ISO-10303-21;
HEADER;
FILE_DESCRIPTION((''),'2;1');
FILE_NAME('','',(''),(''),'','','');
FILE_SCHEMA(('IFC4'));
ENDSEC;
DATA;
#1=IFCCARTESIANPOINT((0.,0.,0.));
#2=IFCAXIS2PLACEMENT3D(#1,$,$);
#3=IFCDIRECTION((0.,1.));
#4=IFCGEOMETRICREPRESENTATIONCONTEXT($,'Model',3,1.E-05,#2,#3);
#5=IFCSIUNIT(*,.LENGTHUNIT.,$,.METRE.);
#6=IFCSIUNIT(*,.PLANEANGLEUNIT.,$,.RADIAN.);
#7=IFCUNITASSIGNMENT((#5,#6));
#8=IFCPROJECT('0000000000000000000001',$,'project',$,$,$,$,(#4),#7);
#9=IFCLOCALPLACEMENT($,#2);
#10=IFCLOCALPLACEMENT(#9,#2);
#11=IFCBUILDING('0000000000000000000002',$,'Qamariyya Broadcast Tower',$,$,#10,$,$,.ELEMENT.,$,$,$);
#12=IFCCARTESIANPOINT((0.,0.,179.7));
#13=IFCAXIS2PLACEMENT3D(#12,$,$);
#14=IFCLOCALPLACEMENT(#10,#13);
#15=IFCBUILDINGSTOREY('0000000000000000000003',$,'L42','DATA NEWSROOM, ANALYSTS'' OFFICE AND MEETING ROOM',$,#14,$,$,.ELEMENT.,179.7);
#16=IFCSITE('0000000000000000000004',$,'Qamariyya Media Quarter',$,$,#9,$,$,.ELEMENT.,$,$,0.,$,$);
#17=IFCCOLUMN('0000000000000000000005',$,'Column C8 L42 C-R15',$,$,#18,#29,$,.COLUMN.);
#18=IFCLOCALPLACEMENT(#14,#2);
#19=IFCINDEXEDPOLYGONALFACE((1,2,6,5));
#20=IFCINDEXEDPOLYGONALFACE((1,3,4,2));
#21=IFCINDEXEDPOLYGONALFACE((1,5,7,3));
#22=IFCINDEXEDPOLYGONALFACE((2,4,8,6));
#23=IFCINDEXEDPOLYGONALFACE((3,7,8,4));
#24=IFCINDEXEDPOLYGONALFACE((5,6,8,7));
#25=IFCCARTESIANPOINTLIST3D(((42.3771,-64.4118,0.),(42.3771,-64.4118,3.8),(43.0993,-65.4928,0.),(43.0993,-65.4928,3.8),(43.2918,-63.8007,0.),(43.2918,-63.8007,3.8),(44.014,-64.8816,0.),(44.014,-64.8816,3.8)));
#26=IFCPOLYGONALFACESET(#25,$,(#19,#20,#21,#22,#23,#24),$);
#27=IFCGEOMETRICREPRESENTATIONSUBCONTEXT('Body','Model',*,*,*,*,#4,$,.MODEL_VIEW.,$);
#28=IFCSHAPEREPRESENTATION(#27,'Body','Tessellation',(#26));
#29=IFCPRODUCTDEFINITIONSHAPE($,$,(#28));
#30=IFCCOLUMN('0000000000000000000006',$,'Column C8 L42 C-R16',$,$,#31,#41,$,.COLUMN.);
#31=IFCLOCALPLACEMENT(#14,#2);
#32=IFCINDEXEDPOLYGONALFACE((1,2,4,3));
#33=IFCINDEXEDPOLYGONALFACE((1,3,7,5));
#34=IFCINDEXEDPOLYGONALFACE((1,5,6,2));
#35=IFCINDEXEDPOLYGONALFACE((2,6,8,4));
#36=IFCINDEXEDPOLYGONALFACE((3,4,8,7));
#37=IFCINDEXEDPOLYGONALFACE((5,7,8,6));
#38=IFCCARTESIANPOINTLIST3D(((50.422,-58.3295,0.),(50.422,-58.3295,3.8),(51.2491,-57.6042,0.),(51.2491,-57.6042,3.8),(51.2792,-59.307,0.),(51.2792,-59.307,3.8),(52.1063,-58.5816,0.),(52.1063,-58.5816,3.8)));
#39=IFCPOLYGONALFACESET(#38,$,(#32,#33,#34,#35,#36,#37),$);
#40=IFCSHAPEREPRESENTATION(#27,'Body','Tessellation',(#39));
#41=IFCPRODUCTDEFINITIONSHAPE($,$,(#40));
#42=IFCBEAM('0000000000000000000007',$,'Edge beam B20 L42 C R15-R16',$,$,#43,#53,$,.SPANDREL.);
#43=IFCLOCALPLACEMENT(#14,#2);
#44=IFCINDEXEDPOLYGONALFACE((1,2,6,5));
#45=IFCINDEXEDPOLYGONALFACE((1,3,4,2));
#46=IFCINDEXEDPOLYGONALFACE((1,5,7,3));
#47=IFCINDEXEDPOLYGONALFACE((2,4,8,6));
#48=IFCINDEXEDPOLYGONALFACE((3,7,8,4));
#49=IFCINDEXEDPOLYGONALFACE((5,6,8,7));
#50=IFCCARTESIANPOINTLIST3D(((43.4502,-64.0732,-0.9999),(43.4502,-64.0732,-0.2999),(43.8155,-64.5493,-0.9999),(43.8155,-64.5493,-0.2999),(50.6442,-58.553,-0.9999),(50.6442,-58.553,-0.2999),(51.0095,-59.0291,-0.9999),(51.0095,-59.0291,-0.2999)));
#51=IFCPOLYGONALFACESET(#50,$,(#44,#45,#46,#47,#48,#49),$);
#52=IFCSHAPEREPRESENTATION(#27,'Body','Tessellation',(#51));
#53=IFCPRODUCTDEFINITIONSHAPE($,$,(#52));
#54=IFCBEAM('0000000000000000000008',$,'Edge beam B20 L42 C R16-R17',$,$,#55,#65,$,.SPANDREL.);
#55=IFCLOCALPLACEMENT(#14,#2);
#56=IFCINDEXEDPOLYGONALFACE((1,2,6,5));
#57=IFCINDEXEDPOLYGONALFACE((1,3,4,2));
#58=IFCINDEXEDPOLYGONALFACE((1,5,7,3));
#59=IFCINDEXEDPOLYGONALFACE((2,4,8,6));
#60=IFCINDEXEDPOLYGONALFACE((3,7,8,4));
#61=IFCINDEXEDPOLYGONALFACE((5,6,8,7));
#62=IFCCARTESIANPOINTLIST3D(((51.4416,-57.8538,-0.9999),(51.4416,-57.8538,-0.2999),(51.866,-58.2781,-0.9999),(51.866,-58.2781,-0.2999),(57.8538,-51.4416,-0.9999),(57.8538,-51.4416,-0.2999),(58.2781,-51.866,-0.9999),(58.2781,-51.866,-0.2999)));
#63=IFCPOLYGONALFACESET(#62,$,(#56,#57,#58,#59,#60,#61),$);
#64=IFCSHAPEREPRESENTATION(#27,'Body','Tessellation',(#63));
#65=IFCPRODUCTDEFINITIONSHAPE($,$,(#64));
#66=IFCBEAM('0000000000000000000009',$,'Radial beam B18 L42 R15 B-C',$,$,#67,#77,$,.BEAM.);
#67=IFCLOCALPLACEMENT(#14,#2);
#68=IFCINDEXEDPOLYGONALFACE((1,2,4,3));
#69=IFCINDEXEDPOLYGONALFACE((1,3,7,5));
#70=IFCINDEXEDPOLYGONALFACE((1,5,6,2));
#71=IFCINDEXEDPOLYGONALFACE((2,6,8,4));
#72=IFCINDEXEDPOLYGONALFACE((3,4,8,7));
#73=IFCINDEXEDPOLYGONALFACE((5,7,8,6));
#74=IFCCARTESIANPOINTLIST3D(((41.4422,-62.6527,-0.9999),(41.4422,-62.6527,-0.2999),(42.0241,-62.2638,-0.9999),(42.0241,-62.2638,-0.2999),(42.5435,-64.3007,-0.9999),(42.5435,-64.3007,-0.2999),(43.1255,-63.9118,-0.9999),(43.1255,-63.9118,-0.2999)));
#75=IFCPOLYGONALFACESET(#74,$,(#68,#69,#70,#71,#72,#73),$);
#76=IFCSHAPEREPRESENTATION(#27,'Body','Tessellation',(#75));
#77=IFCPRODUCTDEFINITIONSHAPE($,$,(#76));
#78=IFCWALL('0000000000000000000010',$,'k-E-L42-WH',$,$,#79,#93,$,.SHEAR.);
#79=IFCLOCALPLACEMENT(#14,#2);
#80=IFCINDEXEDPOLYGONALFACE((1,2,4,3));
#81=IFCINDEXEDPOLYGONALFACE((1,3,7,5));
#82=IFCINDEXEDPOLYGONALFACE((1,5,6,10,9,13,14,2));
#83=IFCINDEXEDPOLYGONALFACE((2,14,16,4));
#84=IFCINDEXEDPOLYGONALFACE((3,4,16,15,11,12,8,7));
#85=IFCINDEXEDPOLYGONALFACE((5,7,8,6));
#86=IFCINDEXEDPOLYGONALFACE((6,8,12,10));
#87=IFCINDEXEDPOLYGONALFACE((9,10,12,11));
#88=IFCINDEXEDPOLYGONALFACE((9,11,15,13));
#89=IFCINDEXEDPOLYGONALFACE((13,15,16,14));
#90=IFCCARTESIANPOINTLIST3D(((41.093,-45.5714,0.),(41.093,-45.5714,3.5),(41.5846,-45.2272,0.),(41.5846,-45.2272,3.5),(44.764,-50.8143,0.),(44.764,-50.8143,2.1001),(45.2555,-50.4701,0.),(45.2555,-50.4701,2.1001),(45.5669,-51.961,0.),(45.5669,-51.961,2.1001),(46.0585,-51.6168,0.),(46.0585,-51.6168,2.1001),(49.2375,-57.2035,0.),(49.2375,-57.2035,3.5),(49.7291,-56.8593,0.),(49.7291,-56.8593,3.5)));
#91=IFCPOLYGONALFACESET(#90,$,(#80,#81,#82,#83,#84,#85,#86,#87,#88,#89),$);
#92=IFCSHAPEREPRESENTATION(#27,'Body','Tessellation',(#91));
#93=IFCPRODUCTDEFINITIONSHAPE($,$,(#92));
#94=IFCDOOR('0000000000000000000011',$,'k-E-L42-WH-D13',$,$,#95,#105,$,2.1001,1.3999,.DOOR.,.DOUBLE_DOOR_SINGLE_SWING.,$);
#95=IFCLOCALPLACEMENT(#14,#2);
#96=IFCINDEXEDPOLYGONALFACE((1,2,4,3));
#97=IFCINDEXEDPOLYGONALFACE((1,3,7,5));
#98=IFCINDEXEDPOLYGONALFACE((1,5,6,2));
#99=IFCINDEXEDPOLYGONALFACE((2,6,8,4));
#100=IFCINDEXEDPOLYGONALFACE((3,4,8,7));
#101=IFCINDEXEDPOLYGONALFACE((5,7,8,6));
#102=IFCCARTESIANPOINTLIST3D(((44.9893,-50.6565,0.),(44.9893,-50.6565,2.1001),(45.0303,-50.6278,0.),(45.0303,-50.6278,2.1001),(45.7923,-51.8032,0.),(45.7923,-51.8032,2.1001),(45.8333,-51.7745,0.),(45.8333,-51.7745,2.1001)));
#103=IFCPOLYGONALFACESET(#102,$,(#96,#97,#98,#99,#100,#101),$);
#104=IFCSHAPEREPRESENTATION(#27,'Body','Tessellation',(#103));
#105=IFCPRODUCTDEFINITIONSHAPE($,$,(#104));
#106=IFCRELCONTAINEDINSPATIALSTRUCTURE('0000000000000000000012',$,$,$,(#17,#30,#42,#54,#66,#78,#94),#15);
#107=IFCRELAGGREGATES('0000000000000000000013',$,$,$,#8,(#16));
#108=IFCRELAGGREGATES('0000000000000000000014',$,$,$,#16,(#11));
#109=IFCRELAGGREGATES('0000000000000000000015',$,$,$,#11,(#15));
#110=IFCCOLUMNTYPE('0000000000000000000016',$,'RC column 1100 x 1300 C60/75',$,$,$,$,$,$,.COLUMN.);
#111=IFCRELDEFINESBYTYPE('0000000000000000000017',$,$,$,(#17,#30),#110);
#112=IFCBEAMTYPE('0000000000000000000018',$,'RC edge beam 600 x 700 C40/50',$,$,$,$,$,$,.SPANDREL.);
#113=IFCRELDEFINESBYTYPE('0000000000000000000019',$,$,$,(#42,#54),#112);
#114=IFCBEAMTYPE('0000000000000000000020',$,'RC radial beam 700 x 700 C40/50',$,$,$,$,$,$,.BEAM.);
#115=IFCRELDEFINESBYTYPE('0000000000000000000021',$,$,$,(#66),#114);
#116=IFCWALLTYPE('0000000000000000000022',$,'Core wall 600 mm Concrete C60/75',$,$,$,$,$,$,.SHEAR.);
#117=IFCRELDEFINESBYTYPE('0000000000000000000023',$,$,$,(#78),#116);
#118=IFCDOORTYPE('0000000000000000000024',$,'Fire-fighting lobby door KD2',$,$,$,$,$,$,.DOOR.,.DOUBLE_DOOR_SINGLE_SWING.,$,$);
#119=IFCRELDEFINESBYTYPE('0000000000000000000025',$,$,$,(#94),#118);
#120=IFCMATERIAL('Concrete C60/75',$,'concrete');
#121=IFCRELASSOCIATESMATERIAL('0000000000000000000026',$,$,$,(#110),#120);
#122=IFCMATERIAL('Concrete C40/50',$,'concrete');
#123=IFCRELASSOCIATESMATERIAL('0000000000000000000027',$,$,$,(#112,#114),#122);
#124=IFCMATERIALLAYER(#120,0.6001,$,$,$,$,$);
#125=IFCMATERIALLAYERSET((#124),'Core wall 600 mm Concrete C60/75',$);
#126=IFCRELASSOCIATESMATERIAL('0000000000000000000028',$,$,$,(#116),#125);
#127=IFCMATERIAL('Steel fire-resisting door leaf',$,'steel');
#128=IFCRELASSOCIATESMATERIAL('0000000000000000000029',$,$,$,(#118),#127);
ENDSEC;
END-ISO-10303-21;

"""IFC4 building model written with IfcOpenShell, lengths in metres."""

from ifc_helpers import new_model, si_unit, direction, frame, frame_2d, origin, origin_2d, place, context, subcontext, project, spatial, rectangle, extrude, material, layer, layer_set, material_profile, profile_set, type_object, element, fill, save


model = new_model("IFC4")

# Units and contexts
model_context = context("Model", 3, precision=1e-05, world=origin(), true_north=direction((0.0, 1.0)))
body_context = subcontext(model_context, "Body", "Model", "MODEL_VIEW")
ifc_project = project(units=[si_unit("LENGTHUNIT", "METRE"), si_unit("PLANEANGLEUNIT", "RADIAN")], contexts=[model_context])

# Site, building, storey
site_placement = place(None, origin())
site = spatial("IfcSite", under=ifc_project, at=site_placement, Name="Qamariyya Media Quarter", CompositionType="ELEMENT", RefElevation=0.0)
building_placement = place(site_placement, origin())
building = spatial("IfcBuilding", under=site, at=building_placement, Name="Qamariyya Broadcast Tower", CompositionType="ELEMENT")
storey_placement = place(building_placement, frame((0.0, 0.0, 179.7)))
storey = spatial("IfcBuildingStorey", under=building, at=storey_placement, Name="L42", Description="DATA NEWSROOM, ANALYSTS' OFFICE AND MEETING ROOM", CompositionType="ELEMENT", Elevation=179.7)

# Columns
ifc_material_1 = material(Name="Concrete C60/75", Category="concrete")
ifc_material_profile_1 = material_profile(ifc_material_1, rectangle(XDim=1.1001, YDim=1.3, at=origin_2d()))
ifc_profile_set_1 = profile_set([ifc_material_profile_1], Name="Concrete C60/75")
column_type = type_object("IfcColumnType", Name="RC column 1100 x 1300 C60/75", PredefinedType="COLUMN", material=ifc_profile_set_1)
for number, where, z_axis, x_axis, name in (
    (1, (43.1956, -64.6467, 0.0), (0.0, 0.0, 1.0), (0.83147, 0.55557, 0.0), "Column C8 L42 C-R15"),
    (2, (51.2642, -58.4556, 0.0), (0.0, 0.0, 1.0), (0.75184, 0.659346, 0.0), "Column C8 L42 C-R16"),
):
    element("IfcColumn", number, at=place(storey_placement, frame(where, z_axis=z_axis, x_axis=x_axis)), inside=storey, type_object=column_type, Name=name, PredefinedType="COLUMN", context=body_context, shape_type="SweptSolid", body=[
        extrude(rectangle(XDim=1.1001, YDim=1.3, at=origin_2d()), origin(), (0.0, 0.0, 1.0), 3.8),
    ])

# Beams
ifc_material_2 = material(Name="Concrete C40/50", Category="concrete")
ifc_material_profile_2 = material_profile(ifc_material_2, rectangle(XDim=0.6001, YDim=0.7, at=origin_2d()))
ifc_profile_set_2 = profile_set([ifc_material_profile_2], Name="Concrete C40/50")
beam_type_1 = type_object("IfcBeamType", Name="RC edge beam 600 x 700 C40/50", PredefinedType="SPANDREL", material=ifc_profile_set_2)
beam_1_placement = place(storey_placement, frame((43.6328, -64.3113, -0.6499), z_axis=(0.793351, 0.608764, 0.0), x_axis=(-0.608764, 0.793351, 0.0)))
element("IfcBeam", 3, at=beam_1_placement, inside=storey, type_object=beam_type_1, Name="Edge beam B20 L42 C R15-R16", PredefinedType="SPANDREL", context=body_context, shape_type="SweptSolid", body=[
    extrude(rectangle(XDim=0.6001, YDim=0.7, at=origin_2d()), origin(), (0.0, 0.0, 1.0), 9.0679),
])
beam_2_placement = place(storey_placement, frame((51.6538, -58.0659, -0.6499), z_axis=(0.707107, 0.707107, 0.0), x_axis=(-0.707107, 0.707107, 0.0)))
element("IfcBeam", 4, at=beam_2_placement, inside=storey, type_object=beam_type_1, Name="Edge beam B20 L42 C R16-R17", PredefinedType="SPANDREL", context=body_context, shape_type="SweptSolid", body=[
    extrude(rectangle(XDim=0.6001, YDim=0.7, at=origin_2d()), origin(), (0.0, 0.0, 1.0), 9.0681),
])
ifc_material_profile_3 = material_profile(ifc_material_2, rectangle(XDim=0.7, YDim=0.7, at=origin_2d()))
ifc_profile_set_3 = profile_set([ifc_material_profile_3], Name="Concrete C40/50")
beam_type_2 = type_object("IfcBeamType", Name="RC radial beam 700 x 700 C40/50", PredefinedType="BEAM", material=ifc_profile_set_3)
beam_3_placement = place(storey_placement, frame((41.7332, -62.4583, -0.6499), z_axis=(0.555638, -0.831424, 0.0), x_axis=(0.831424, 0.555638, 0.0)))
element("IfcBeam", 5, at=beam_3_placement, inside=storey, type_object=beam_type_2, Name="Radial beam B18 L42 R15 B-C", PredefinedType="BEAM", context=body_context, shape_type="SweptSolid", body=[
    extrude(rectangle(XDim=0.7, YDim=0.7, at=origin_2d()), origin(), (0.0, 0.0, 1.0), 1.9822),
])

# Wall, opening, door
ifc_layer_1 = layer(ifc_material_1, 0.6001)
ifc_layer_set_1 = layer_set([ifc_layer_1], Name="Core wall 600 mm Concrete C60/75")
wall_type_1 = type_object("IfcWallType", Name="Core wall 600 mm Concrete C60/75", PredefinedType="SHEAR", material=ifc_layer_set_1)
wall_1_placement = place(storey_placement, frame((49.4834, -57.0315, 0.0), z_axis=(0.0, 0.0, 1.0), x_axis=(-0.57356, 0.819163, 0.0)))
wall_1 = element("IfcWall", 6, at=wall_1_placement, inside=storey, type_object=wall_type_1, Name="k-E-L42-WH", PredefinedType="SHEAR", context=body_context, shape_type="SweptSolid", body=[
    extrude(rectangle(XDim=14.2, YDim=0.6001, at=frame_2d((7.1001, 0.0))), origin(), (0.0, 0.0, 1.0), 3.5),
])
opening_1_placement = place(wall_1_placement, frame((6.3999, 0.0, 0.0)))
opening_1 = element("IfcOpeningElement", 7, at=opening_1_placement, cuts=wall_1, PredefinedType="OPENING", context=body_context, shape_type="SweptSolid", body=[
    extrude(rectangle(XDim=1.3999, YDim=2.1001, at=frame_2d((0.7, 1.05))), frame((0.0, 0.3101, 0.0), z_axis=(0.0, -1.0, 0.0), x_axis=(1.0, 0.0, 0.0)), (0.0, 0.0, 1.0), 0.6201),
])
ifc_material_3 = material(Name="Steel fire-resisting door leaf", Category="steel")
door_type_1 = type_object("IfcDoorType", Name="Fire-fighting lobby door KD2", OperationType="DOUBLE_DOOR_SINGLE_SWING", PredefinedType="DOOR", material=ifc_material_3)
door_1_placement = place(opening_1_placement, origin())
door_1 = element("IfcDoor", 8, at=door_1_placement, inside=storey, type_object=door_type_1, Name="k-E-L42-WH-D13", OperationType="DOUBLE_DOOR_SINGLE_SWING", OverallHeight=2.1001, OverallWidth=1.3999, PredefinedType="DOOR", context=body_context, shape_type="SweptSolid", body=[
    extrude(rectangle(XDim=1.3999, YDim=2.1001, at=frame_2d((0.7, 1.05))), frame((0.0, 0.0249, 0.0), z_axis=(0.0, -1.0, 0.0), x_axis=(1.0, 0.0, 0.0)), (0.0, 0.0, 1.0), 0.05),
])
fill(opening_1, door_1)

save(model, "model.ifc")
